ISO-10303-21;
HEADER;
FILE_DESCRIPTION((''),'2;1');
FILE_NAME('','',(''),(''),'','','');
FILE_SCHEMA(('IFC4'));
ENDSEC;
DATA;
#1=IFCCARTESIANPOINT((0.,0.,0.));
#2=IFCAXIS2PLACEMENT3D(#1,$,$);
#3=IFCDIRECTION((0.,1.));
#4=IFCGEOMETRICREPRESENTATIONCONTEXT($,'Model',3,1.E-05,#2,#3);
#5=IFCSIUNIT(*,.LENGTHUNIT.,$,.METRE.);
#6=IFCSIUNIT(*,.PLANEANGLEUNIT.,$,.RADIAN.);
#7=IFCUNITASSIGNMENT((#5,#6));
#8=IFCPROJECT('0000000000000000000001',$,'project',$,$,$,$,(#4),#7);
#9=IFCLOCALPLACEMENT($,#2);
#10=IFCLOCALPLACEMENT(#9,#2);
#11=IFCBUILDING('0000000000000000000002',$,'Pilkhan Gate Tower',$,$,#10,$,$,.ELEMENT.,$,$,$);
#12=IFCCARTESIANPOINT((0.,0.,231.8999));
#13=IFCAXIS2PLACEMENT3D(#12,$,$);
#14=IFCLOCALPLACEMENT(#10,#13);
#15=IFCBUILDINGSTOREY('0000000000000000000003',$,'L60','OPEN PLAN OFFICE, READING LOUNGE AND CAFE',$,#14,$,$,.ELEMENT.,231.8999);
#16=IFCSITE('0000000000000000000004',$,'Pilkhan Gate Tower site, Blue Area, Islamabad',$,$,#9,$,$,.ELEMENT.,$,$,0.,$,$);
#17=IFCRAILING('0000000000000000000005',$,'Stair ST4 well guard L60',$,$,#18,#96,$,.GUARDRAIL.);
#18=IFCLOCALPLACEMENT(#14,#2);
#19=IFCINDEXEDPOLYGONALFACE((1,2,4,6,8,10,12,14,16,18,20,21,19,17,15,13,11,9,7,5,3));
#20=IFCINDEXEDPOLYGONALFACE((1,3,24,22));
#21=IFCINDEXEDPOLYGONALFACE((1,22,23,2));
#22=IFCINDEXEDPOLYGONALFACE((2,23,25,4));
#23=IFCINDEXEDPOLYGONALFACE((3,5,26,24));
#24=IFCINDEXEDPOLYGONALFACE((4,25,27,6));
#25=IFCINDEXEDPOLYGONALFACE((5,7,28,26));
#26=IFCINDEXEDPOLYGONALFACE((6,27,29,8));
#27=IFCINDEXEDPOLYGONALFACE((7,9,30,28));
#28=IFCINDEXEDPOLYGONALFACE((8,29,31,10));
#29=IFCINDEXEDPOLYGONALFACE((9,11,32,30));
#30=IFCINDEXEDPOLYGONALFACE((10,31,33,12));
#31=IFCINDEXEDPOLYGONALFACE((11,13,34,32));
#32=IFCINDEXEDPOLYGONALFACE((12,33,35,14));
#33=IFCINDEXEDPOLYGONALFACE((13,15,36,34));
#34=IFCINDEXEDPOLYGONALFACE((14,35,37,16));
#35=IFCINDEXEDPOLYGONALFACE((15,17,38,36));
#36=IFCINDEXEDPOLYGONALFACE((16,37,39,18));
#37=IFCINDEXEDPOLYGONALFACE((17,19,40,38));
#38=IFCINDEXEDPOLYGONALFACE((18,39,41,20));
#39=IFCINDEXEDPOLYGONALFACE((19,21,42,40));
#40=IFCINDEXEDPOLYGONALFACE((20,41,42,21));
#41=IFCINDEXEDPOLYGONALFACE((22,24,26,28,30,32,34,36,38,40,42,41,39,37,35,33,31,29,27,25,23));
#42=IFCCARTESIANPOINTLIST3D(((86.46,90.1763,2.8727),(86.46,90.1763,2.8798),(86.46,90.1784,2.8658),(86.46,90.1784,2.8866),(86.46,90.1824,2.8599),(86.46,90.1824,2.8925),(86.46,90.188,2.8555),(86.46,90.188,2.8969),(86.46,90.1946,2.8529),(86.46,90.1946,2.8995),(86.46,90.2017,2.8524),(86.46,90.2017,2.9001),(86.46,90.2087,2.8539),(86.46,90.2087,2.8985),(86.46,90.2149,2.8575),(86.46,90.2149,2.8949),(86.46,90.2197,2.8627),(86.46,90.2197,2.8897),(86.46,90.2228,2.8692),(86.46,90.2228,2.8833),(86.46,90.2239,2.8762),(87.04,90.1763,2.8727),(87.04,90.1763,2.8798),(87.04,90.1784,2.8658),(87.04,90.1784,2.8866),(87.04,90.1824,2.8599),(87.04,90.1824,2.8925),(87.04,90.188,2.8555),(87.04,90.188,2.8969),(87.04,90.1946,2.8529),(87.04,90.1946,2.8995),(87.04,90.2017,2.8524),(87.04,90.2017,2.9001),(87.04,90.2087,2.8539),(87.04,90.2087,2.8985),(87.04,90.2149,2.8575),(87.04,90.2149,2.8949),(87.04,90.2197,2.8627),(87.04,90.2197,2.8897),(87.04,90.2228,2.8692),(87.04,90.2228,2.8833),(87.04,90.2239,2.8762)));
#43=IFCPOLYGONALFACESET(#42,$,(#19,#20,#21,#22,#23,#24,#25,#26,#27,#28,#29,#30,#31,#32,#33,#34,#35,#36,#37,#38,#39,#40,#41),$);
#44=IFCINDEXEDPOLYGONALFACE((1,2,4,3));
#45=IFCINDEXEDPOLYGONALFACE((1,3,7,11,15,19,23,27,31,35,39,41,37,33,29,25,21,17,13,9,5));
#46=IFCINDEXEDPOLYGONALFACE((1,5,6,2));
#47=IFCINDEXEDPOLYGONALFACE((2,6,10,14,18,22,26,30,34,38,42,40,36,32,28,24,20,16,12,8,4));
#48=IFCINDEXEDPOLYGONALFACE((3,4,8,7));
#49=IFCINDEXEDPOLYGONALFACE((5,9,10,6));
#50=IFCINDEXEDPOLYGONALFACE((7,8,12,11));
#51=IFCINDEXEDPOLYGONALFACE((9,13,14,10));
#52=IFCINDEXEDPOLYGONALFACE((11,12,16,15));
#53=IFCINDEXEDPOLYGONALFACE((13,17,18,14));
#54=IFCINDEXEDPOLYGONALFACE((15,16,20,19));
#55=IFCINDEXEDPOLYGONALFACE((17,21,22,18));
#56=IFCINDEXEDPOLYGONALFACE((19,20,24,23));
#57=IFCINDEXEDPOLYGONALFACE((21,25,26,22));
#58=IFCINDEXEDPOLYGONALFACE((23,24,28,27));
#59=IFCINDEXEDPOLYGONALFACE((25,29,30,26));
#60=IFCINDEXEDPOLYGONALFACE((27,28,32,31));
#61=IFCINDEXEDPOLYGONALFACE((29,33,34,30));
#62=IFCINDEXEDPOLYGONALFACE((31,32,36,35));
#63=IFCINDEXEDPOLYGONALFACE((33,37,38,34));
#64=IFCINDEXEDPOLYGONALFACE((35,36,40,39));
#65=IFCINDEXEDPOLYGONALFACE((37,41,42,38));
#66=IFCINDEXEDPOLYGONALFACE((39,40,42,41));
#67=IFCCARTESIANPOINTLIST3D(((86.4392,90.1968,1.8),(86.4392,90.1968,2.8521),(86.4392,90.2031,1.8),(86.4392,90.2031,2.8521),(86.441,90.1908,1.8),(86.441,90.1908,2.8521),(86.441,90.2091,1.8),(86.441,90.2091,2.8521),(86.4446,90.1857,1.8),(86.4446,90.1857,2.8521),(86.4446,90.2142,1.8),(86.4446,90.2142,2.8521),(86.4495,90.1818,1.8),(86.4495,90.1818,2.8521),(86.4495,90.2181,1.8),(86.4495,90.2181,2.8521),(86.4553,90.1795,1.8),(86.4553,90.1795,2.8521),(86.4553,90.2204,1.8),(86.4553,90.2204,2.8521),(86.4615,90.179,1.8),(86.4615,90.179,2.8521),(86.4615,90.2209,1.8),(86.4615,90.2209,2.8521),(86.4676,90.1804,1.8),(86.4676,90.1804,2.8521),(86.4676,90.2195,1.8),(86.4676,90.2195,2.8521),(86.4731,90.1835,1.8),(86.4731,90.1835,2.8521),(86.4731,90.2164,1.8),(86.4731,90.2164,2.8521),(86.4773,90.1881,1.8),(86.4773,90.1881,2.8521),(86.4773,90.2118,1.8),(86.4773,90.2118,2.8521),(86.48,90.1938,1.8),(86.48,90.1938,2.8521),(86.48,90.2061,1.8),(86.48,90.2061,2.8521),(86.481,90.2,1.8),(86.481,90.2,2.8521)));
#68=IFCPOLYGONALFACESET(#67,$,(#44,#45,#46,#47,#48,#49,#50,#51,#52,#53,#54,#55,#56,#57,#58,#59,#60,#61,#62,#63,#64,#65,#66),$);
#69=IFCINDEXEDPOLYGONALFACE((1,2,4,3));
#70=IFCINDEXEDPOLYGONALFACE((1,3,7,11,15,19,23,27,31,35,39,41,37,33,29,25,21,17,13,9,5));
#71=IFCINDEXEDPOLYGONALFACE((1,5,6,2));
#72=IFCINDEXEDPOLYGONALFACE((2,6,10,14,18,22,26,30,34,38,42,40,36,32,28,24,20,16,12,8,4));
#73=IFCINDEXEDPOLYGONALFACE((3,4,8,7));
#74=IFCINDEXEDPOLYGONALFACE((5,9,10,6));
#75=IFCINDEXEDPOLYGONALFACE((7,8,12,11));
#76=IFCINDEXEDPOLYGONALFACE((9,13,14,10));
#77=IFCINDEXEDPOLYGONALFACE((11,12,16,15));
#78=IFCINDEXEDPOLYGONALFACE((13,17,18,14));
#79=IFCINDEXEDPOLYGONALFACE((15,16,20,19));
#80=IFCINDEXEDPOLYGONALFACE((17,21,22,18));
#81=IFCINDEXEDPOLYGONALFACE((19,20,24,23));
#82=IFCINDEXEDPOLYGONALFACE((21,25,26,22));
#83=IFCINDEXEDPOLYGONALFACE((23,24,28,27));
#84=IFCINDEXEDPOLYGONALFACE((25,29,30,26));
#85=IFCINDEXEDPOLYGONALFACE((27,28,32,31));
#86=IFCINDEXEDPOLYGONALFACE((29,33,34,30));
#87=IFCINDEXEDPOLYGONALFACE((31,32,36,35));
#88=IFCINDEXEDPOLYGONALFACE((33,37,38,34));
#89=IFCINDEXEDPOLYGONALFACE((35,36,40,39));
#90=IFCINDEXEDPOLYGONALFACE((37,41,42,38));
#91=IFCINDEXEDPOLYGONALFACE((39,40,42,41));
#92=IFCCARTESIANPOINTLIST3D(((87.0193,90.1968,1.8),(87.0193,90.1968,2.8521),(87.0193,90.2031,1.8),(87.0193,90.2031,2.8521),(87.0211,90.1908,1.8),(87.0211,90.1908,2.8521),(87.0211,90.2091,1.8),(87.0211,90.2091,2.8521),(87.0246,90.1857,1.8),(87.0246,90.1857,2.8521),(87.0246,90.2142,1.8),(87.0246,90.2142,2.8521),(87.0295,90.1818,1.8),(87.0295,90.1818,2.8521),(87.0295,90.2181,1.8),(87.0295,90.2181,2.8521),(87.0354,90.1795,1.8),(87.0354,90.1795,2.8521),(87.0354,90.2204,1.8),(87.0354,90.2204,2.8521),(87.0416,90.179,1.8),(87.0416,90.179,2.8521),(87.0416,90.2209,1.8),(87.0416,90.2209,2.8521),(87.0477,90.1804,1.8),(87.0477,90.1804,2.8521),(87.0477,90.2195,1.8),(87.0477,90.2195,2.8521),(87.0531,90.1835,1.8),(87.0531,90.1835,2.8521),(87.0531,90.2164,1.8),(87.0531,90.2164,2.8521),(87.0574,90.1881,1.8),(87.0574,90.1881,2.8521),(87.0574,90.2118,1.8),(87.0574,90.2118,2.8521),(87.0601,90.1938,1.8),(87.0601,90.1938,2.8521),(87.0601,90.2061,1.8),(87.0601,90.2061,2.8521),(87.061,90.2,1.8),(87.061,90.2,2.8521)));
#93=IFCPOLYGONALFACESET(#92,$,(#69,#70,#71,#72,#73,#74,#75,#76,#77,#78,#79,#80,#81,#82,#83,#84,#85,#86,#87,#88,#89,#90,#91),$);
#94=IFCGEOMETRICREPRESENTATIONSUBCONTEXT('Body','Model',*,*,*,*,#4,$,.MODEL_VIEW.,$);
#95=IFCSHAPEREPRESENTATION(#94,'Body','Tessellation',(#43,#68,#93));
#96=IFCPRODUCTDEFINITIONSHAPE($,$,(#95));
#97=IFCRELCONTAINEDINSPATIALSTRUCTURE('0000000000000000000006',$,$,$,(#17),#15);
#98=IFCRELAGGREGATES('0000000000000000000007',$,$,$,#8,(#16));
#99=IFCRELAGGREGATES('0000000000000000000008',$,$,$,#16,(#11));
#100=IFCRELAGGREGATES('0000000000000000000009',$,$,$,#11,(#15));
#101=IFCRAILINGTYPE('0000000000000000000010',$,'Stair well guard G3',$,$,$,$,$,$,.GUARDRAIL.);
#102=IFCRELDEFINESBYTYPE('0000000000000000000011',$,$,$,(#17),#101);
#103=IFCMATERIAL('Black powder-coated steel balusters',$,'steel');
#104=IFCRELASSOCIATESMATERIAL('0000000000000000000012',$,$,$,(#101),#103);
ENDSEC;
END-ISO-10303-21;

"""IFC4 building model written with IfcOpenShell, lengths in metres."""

from ifc_helpers import new_model, si_unit, direction, frame, origin, origin_2d, place, context, subcontext, project, spatial, circle, extrude, material, type_object, element, save


model = new_model("IFC4")

# Units and contexts
model_context = context("Model", 3, precision=1e-05, world=origin(), true_north=direction((0.0, 1.0)))
body_context = subcontext(model_context, "Body", "Model", "MODEL_VIEW")
ifc_project = project(units=[si_unit("LENGTHUNIT", "METRE"), si_unit("PLANEANGLEUNIT", "RADIAN")], contexts=[model_context])

# Site, building, storey
site_placement = place(None, origin())
site = spatial("IfcSite", under=ifc_project, at=site_placement, Name="Pilkhan Gate Tower site, Blue Area, Islamabad", CompositionType="ELEMENT", RefElevation=0.0)
building_placement = place(site_placement, origin())
building = spatial("IfcBuilding", under=site, at=building_placement, Name="Pilkhan Gate Tower", CompositionType="ELEMENT")
storey_placement = place(building_placement, frame((0.0, 0.0, 231.8999)))
storey = spatial("IfcBuildingStorey", under=building, at=storey_placement, Name="L60", Description="OPEN PLAN OFFICE, READING LOUNGE AND CAFE", CompositionType="ELEMENT", Elevation=231.8999)

# Railing
ifc_material_1 = material(Name="Black powder-coated steel balusters", Category="steel")
railing_type_1 = type_object("IfcRailingType", Name="Stair well guard G3", PredefinedType="GUARDRAIL", material=ifc_material_1)
for number, where, name in (
    (1, (86.46, 90.2, 1.8), "Stair ST4 well guard L60"),
):
    element("IfcRailing", number, at=place(storey_placement, frame(where)), inside=storey, type_object=railing_type_1, Name=name, PredefinedType="GUARDRAIL", context=body_context, shape_type="SweptSolid", body=[
        extrude(circle(Radius=0.0239, at=origin_2d()), frame((0.0, 0.0, 1.0762), z_axis=(1.0, 0.0, 0.0), x_axis=(0.0, 1.0, 0.0)), (0.0, 0.0, 1.0), 0.5801),
        extrude(circle(Radius=0.021, at=origin_2d()), origin(), (0.0, 0.0, 1.0), 1.052),
        extrude(circle(Radius=0.021, at=origin_2d()), frame((0.5801, 0.0, 0.0)), (0.0, 0.0, 1.0), 1.052),
    ])

save(model, "model.ifc")
